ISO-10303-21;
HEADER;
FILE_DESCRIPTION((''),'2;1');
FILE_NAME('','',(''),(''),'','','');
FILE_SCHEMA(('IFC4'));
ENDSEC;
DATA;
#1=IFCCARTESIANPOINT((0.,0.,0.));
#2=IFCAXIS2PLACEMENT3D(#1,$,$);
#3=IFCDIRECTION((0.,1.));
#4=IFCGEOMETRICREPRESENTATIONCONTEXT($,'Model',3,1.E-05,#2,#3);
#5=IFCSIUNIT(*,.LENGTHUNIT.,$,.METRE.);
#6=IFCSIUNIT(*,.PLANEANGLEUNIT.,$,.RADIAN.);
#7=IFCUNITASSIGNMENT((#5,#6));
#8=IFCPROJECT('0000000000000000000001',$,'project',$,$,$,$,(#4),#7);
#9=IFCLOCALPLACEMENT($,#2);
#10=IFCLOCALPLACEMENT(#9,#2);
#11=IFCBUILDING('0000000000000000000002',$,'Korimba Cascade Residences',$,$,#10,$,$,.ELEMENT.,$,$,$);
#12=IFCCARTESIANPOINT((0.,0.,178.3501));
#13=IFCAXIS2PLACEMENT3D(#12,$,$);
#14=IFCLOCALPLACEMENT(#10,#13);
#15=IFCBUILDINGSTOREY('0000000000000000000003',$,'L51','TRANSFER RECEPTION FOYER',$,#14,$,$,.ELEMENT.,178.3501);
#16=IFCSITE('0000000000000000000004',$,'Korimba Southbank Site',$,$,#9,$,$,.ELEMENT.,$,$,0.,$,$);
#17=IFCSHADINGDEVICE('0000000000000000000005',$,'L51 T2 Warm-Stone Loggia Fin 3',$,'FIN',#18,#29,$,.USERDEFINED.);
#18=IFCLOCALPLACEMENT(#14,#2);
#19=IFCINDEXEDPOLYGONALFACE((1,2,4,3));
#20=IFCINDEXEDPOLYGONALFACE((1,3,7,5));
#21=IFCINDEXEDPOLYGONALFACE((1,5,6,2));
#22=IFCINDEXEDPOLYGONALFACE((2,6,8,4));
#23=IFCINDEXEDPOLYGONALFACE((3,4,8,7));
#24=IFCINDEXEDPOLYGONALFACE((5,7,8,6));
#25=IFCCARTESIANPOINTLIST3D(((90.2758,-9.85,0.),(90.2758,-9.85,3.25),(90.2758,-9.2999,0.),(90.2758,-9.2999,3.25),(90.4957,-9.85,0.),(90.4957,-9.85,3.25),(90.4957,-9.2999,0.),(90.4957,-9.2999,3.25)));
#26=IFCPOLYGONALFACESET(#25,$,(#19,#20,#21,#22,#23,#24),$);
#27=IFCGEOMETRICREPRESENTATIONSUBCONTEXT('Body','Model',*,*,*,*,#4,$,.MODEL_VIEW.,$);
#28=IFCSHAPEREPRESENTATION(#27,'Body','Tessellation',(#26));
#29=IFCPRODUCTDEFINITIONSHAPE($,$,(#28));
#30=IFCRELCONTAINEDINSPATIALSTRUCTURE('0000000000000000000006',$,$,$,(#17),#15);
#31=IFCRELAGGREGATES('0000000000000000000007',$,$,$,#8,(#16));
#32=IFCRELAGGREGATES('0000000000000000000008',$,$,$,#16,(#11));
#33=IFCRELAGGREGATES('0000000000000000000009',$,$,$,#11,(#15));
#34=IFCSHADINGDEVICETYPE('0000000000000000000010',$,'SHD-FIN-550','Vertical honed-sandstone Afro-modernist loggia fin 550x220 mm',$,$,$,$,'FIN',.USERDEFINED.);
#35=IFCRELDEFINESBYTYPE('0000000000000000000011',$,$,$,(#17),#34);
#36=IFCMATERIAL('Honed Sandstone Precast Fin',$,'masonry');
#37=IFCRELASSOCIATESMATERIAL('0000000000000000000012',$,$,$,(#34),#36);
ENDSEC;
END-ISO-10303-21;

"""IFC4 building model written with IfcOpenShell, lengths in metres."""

from ifc_helpers import new_model, si_unit, direction, frame, origin, origin_2d, place, context, subcontext, project, spatial, rectangle, extrude, material, type_object, element, save


model = new_model("IFC4")

# Units and contexts
model_context = context("Model", 3, precision=1e-05, world=origin(), true_north=direction((0.0, 1.0)))
body_context = subcontext(model_context, "Body", "Model", "MODEL_VIEW")
ifc_project = project(units=[si_unit("LENGTHUNIT", "METRE"), si_unit("PLANEANGLEUNIT", "RADIAN")], contexts=[model_context])

# Site, building, storey
site_placement = place(None, origin())
site = spatial("IfcSite", under=ifc_project, at=site_placement, Name="Korimba Southbank Site", CompositionType="ELEMENT", RefElevation=0.0)
building_placement = place(site_placement, origin())
building = spatial("IfcBuilding", under=site, at=building_placement, Name="Korimba Cascade Residences", CompositionType="ELEMENT")
storey_placement = place(building_placement, frame((0.0, 0.0, 178.3501)))
storey = spatial("IfcBuildingStorey", under=building, at=storey_placement, Name="L51", Description="TRANSFER RECEPTION FOYER", CompositionType="ELEMENT", Elevation=178.3501)

# Shading device
ifc_material_1 = material(Name="Honed Sandstone Precast Fin", Category="masonry")
shading_device_type = type_object("IfcShadingDeviceType", Name="SHD-FIN-550", Description="Vertical honed-sandstone Afro-modernist loggia fin 550x220 mm", ElementType="FIN", PredefinedType="USERDEFINED", material=ifc_material_1)
for number, where, z_axis, x_axis, name in (
    (1, (90.3857, -9.575, 0.0), (0.0, 0.0, 1.0), (1.0, 0.0, 0.0), "L51 T2 Warm-Stone Loggia Fin 3"),
):
    element("IfcShadingDevice", number, at=place(storey_placement, frame(where, z_axis=z_axis, x_axis=x_axis)), inside=storey, type_object=shading_device_type, Name=name, ObjectType="FIN", PredefinedType="USERDEFINED", context=body_context, shape_type="SweptSolid", body=[
        extrude(rectangle(XDim=0.22, YDim=0.55, at=origin_2d()), origin(), (0.0, 0.0, 1.0), 3.25),
    ])

save(model, "model.ifc")
